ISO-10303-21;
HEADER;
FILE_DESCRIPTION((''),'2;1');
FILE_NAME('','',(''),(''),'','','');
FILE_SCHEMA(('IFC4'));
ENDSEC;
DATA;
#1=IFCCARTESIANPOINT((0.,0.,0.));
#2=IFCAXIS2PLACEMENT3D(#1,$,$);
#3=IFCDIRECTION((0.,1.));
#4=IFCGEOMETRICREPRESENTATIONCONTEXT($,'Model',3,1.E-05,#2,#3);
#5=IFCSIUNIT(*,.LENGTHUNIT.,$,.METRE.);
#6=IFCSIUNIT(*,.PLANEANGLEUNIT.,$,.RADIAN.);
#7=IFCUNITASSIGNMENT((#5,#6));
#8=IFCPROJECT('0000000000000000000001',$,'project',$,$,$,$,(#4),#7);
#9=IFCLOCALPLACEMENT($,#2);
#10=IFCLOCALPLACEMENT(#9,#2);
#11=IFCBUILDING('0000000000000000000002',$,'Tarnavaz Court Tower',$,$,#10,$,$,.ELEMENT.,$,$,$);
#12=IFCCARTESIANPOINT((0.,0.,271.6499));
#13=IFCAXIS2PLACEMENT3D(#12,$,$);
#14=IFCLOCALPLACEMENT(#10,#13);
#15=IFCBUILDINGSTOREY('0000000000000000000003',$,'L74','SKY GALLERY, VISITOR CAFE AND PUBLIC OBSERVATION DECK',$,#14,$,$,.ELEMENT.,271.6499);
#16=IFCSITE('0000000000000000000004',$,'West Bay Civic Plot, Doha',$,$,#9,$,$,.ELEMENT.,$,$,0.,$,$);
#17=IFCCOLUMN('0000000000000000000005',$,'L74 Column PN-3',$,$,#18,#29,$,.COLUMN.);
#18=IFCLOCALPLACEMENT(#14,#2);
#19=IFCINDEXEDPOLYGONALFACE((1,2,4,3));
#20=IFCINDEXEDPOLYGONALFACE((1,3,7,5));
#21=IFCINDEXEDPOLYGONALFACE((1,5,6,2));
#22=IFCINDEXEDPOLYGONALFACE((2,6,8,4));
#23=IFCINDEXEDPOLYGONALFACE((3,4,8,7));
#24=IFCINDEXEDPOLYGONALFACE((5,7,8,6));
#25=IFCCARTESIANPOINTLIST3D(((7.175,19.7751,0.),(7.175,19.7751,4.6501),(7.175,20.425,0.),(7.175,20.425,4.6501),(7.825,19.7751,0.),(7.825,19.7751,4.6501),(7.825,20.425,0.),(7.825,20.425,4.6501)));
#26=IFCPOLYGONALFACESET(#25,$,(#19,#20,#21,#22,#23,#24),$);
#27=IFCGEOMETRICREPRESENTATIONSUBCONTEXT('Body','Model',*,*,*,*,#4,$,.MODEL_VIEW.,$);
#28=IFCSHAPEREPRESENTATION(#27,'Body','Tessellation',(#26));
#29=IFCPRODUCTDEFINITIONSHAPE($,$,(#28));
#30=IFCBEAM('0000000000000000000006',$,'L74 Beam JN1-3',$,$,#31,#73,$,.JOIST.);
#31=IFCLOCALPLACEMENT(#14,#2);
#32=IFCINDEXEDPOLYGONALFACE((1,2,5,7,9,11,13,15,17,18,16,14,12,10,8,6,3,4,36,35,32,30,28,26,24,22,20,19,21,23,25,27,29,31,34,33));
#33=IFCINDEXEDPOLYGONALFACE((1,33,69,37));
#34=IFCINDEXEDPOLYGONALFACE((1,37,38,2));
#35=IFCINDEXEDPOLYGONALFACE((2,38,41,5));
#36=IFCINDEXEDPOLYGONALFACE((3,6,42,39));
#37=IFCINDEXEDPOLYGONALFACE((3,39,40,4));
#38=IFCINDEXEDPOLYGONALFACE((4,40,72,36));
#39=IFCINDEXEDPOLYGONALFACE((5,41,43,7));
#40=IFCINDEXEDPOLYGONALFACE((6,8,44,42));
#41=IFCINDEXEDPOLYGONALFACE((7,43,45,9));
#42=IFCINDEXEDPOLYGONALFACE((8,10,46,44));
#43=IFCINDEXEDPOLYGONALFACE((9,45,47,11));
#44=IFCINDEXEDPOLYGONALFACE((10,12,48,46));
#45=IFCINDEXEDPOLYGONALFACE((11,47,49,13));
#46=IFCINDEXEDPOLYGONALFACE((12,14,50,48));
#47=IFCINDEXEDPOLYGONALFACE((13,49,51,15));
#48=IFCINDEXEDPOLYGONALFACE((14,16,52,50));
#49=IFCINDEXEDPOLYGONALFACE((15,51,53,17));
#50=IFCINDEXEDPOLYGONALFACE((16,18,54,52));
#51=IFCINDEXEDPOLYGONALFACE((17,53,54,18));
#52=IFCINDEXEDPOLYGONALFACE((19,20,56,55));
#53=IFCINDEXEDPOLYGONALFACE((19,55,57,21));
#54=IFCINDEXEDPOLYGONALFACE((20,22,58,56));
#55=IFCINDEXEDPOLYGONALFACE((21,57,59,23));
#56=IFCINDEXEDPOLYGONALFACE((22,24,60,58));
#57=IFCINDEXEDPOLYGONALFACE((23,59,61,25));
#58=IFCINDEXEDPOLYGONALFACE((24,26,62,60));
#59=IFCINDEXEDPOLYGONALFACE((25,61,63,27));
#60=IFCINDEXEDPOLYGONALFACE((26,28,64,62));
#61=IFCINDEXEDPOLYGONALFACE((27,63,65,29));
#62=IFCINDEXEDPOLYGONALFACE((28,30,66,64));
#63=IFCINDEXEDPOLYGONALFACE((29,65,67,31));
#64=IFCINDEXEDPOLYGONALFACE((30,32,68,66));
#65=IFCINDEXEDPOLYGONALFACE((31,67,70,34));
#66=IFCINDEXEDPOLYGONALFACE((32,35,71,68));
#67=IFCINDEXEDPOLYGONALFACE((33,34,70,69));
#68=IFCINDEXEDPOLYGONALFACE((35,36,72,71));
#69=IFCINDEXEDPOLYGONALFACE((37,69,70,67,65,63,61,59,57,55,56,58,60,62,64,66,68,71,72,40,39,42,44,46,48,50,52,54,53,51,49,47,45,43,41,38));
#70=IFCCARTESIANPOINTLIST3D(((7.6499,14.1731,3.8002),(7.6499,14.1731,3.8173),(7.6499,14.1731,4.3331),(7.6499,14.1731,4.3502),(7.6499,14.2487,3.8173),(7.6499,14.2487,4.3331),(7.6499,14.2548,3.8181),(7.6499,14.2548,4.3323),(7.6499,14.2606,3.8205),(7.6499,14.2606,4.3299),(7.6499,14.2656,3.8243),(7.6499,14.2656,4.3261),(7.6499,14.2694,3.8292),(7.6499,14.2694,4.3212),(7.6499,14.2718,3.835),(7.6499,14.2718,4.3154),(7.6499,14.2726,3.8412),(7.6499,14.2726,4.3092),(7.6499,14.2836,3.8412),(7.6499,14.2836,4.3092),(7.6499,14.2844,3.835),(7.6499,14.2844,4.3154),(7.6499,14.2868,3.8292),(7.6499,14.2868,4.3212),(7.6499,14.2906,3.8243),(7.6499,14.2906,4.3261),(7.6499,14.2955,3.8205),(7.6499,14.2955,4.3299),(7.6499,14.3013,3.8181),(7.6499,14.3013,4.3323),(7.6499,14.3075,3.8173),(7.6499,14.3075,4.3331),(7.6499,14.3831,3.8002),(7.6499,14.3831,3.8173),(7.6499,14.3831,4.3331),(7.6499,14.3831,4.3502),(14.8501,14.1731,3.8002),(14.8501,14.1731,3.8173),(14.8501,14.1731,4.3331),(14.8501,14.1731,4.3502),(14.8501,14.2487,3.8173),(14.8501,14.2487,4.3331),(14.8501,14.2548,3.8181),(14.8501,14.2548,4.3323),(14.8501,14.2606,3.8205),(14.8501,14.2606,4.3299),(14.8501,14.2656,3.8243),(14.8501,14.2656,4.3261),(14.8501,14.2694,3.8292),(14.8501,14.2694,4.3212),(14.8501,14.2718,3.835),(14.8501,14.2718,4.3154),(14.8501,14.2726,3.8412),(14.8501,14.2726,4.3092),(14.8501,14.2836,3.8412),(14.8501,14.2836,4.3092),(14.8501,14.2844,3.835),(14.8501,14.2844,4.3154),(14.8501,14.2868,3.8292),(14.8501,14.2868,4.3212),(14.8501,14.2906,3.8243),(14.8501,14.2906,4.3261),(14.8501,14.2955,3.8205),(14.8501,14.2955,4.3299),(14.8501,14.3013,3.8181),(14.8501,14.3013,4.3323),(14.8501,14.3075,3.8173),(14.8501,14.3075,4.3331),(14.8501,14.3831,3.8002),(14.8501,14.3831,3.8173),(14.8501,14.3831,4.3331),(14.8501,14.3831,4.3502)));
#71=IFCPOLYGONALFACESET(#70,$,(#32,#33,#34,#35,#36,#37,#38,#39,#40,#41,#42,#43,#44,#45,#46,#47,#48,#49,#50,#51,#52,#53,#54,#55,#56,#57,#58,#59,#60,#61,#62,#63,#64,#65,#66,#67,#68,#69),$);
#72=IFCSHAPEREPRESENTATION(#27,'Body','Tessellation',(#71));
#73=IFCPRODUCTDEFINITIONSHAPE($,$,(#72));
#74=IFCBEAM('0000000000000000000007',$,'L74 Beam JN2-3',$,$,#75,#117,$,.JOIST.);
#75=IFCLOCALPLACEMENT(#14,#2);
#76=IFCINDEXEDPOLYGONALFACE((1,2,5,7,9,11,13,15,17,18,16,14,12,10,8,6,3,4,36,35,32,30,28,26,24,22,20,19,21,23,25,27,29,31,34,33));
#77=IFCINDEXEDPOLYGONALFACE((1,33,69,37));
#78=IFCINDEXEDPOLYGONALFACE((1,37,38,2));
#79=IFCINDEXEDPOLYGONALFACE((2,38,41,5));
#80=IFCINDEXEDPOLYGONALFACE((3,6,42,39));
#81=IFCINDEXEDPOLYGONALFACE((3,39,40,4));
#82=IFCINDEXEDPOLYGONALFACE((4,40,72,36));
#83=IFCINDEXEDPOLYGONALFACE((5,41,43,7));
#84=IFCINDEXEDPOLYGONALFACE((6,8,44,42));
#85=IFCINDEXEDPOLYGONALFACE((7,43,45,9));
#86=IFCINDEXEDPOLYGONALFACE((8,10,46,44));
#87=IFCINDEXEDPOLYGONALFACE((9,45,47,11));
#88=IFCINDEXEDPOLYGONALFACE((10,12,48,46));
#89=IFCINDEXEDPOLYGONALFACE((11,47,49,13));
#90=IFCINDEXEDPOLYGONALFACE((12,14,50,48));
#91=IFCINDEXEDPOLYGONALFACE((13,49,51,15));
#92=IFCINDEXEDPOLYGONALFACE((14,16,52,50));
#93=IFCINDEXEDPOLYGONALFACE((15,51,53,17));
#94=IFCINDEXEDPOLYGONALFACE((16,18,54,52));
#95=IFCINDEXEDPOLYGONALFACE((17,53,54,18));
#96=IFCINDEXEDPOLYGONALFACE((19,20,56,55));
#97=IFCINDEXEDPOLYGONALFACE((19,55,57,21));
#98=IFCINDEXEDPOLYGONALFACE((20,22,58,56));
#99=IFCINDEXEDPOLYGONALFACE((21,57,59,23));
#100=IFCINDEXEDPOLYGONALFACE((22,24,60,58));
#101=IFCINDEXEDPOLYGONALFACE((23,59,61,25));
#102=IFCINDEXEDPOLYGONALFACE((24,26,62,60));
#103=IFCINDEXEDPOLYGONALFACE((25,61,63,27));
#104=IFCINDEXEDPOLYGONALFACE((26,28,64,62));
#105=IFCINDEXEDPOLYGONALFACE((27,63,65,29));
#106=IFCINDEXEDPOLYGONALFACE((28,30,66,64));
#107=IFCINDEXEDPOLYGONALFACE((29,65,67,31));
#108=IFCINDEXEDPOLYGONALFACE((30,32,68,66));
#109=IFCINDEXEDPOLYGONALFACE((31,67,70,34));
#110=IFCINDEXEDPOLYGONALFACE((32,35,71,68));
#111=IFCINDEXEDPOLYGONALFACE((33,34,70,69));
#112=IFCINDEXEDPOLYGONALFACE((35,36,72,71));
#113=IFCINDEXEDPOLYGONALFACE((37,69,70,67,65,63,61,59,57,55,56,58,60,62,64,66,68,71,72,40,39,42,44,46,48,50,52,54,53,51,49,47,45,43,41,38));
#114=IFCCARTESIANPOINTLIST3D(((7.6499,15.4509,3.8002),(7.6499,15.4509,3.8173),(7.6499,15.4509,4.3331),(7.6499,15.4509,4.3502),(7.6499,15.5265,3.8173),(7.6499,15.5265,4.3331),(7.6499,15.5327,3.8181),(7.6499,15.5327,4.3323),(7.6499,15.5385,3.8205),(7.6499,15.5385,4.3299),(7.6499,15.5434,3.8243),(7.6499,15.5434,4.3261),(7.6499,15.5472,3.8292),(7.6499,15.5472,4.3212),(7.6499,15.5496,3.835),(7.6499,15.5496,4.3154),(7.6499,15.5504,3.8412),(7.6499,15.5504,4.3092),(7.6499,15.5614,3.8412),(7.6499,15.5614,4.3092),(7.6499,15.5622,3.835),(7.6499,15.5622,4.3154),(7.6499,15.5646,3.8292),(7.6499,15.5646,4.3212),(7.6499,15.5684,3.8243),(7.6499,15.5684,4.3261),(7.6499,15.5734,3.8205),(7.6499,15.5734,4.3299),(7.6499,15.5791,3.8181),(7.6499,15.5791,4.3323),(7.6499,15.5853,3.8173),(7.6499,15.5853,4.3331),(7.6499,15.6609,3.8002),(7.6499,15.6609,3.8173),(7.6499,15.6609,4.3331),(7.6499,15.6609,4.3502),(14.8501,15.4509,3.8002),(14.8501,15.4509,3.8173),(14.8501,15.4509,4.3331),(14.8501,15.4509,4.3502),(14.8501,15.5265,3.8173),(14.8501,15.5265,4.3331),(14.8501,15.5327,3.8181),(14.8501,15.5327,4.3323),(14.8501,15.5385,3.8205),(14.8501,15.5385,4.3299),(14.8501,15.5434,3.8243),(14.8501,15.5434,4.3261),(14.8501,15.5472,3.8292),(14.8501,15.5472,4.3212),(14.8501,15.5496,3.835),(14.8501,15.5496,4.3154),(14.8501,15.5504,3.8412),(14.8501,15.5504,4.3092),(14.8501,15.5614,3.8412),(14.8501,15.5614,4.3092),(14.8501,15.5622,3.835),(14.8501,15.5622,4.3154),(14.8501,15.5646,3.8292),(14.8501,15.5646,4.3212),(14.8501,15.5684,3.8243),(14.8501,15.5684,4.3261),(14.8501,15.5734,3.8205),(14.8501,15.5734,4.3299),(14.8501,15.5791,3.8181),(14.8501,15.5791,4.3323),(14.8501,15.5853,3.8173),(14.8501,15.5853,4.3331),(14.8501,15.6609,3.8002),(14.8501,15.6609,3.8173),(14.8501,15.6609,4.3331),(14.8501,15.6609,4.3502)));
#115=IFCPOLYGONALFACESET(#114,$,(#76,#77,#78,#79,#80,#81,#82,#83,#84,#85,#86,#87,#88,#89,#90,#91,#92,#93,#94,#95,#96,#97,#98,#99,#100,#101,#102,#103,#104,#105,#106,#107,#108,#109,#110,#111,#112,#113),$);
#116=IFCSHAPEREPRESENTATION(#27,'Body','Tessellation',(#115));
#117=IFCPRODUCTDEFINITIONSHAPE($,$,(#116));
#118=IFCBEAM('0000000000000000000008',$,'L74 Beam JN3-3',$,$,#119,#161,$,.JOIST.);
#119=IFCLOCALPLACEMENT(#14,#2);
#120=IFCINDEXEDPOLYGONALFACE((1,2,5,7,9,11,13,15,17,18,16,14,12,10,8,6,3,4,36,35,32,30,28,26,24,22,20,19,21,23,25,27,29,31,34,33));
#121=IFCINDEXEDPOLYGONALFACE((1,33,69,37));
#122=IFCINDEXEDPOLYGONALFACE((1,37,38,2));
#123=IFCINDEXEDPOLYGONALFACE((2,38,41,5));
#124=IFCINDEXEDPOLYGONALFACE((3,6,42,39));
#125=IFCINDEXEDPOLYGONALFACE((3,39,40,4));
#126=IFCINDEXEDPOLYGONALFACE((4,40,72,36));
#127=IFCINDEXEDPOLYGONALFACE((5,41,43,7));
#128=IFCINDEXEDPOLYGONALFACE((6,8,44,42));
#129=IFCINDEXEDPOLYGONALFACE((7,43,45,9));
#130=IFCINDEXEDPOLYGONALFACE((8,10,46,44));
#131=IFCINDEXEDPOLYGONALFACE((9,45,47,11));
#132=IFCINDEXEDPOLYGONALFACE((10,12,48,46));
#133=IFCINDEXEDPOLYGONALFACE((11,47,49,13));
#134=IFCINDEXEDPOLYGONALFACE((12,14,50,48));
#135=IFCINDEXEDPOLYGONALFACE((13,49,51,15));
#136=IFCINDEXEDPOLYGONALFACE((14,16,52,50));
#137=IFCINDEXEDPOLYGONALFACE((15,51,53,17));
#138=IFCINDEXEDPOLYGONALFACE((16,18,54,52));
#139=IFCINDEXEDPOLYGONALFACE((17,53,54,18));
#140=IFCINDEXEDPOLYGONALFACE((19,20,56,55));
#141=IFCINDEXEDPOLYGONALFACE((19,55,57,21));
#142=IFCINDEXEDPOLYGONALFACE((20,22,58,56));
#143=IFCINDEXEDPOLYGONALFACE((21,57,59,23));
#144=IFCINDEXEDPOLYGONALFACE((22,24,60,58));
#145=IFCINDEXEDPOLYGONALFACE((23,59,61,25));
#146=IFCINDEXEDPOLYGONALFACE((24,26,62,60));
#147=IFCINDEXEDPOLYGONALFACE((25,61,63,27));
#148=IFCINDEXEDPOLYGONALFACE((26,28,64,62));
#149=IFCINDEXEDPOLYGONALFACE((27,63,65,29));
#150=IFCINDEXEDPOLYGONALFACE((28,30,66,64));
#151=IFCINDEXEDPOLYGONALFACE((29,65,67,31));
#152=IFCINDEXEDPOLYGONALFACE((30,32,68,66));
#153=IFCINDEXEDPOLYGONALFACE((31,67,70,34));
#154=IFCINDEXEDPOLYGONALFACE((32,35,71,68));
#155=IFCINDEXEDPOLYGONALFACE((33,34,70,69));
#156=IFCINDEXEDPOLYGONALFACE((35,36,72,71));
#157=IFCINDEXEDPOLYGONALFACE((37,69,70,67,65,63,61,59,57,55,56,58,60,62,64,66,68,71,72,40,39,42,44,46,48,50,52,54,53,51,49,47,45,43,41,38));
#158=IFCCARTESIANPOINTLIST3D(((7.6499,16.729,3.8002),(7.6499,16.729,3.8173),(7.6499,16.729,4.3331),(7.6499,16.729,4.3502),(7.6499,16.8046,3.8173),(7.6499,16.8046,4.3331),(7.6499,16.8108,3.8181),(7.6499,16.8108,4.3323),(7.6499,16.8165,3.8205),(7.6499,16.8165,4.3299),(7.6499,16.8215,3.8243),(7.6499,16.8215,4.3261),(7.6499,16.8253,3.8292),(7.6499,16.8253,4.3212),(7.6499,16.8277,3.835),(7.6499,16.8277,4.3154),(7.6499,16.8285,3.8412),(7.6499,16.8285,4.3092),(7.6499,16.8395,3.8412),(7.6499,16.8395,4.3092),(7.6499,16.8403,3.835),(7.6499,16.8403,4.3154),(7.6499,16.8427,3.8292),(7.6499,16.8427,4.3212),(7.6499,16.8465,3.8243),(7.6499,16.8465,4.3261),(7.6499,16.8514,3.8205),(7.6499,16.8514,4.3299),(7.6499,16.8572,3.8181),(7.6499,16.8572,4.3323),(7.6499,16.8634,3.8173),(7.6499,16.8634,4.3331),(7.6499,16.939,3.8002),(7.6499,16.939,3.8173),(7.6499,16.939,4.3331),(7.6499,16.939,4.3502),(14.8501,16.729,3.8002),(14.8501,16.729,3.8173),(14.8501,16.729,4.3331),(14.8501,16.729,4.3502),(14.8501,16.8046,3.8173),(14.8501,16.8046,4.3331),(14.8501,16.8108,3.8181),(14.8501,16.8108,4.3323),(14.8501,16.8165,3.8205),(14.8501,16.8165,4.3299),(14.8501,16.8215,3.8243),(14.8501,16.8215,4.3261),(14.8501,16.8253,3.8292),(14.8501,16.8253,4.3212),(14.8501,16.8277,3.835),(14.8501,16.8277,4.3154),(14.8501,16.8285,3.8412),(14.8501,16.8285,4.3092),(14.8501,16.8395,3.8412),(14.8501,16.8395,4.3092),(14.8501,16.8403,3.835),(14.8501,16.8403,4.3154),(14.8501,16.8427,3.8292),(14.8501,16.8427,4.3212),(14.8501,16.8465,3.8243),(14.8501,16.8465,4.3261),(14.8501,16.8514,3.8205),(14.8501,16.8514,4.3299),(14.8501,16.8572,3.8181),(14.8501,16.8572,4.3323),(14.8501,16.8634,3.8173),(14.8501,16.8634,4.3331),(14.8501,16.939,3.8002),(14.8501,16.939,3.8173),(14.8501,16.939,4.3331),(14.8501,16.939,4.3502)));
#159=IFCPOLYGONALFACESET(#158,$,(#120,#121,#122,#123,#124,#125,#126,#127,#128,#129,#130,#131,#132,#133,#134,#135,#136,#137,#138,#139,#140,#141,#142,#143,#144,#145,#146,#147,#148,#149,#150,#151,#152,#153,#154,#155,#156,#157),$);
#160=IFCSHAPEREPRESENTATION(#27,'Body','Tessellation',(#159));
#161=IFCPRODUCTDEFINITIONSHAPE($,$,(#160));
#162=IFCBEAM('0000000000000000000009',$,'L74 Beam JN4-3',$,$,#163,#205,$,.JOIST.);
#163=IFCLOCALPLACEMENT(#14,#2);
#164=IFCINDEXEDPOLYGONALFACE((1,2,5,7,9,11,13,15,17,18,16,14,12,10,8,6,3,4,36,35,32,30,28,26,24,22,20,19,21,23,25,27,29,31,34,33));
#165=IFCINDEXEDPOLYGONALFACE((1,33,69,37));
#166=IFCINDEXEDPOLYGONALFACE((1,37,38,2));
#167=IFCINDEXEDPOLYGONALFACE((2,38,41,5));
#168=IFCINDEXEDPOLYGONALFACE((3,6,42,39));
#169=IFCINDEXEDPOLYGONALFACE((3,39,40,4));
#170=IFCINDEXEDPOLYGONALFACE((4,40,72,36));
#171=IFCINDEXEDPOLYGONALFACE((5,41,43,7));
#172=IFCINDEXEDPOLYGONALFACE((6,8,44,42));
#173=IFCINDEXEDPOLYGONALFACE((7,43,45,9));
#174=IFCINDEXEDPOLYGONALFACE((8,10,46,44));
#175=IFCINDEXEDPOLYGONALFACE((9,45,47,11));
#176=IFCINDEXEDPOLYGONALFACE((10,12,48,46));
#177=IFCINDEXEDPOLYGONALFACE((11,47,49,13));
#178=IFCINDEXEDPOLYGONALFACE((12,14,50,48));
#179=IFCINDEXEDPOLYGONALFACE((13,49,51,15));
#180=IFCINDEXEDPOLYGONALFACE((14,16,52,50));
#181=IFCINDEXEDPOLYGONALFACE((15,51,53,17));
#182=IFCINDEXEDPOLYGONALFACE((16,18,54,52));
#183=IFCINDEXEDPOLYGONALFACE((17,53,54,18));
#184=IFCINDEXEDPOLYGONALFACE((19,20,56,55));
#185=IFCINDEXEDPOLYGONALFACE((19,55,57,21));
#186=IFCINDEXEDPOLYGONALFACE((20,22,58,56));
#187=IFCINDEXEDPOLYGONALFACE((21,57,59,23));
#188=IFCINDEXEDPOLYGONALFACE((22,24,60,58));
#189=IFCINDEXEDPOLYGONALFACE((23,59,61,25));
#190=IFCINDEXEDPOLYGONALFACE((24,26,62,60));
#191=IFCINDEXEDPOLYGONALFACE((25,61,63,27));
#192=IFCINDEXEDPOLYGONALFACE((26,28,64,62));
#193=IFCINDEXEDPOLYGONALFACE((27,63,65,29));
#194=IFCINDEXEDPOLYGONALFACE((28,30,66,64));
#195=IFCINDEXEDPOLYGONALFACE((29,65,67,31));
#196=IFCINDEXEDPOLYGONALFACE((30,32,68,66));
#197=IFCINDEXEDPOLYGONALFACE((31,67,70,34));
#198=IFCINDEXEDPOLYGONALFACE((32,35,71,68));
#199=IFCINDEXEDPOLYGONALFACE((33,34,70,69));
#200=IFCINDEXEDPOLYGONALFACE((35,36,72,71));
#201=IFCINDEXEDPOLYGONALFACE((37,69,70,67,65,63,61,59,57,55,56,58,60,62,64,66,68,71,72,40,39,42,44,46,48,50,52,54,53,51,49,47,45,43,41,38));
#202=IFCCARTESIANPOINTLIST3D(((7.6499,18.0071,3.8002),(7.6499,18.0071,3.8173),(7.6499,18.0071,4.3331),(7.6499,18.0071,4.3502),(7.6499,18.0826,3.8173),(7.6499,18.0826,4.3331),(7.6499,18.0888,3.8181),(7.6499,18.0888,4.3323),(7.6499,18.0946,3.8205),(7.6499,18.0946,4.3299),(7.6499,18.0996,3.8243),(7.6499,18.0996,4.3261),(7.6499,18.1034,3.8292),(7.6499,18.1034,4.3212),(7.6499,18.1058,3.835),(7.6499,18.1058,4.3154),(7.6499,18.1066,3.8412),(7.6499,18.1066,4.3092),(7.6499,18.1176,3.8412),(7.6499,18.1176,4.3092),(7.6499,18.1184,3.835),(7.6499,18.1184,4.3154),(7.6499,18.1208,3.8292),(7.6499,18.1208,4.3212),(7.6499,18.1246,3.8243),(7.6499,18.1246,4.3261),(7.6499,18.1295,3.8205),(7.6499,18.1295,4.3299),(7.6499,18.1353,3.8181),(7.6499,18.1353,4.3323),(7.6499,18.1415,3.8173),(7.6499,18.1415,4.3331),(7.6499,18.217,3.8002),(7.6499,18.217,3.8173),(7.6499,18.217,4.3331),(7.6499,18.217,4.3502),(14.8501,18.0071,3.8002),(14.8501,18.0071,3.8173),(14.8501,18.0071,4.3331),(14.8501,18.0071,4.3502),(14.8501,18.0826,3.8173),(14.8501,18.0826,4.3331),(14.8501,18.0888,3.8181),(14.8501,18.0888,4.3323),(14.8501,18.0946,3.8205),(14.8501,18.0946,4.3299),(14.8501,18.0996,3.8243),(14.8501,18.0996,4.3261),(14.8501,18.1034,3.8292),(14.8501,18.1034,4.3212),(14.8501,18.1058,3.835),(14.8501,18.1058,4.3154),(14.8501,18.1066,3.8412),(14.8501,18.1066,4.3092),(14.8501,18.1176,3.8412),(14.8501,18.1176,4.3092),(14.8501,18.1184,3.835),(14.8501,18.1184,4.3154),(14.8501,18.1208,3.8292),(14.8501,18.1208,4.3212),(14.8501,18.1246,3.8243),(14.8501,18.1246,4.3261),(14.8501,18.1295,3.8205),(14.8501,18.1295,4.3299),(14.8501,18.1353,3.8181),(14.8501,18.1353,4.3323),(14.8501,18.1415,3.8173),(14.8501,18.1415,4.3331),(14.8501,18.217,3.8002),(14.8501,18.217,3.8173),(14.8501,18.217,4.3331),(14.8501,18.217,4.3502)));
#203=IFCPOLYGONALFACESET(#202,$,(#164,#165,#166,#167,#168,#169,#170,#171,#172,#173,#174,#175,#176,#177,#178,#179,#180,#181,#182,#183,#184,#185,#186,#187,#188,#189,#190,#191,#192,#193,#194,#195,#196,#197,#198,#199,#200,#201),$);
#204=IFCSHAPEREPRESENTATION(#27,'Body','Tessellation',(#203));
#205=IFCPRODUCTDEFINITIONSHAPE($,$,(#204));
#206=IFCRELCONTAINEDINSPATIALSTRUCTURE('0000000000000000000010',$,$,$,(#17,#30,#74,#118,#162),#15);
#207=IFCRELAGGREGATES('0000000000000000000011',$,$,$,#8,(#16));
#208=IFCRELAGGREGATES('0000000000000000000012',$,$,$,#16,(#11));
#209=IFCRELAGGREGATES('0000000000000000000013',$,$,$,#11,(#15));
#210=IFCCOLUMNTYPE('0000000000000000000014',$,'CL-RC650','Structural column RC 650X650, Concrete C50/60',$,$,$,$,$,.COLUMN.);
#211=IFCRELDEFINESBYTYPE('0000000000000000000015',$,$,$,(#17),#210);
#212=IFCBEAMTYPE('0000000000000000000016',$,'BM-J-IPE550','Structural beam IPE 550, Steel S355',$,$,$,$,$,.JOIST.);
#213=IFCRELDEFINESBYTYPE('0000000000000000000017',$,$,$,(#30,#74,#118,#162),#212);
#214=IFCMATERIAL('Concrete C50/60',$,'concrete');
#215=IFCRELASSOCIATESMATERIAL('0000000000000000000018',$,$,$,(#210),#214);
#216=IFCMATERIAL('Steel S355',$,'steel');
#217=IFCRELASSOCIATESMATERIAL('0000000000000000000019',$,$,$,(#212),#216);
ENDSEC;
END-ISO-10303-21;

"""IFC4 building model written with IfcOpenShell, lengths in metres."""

from ifc_helpers import new_model, si_unit, direction, frame, origin, origin_2d, place, context, subcontext, project, spatial, rectangle, i_section, extrude, material, material_profile, profile_set, type_object, element, save


model = new_model("IFC4")

# Units and contexts
model_context = context("Model", 3, precision=1e-05, world=origin(), true_north=direction((0.0, 1.0)))
body_context = subcontext(model_context, "Body", "Model", "MODEL_VIEW")
ifc_project = project(units=[si_unit("LENGTHUNIT", "METRE"), si_unit("PLANEANGLEUNIT", "RADIAN")], contexts=[model_context])

# Site, building, storey
site_placement = place(None, origin())
site = spatial("IfcSite", under=ifc_project, at=site_placement, Name="West Bay Civic Plot, Doha", CompositionType="ELEMENT", RefElevation=0.0)
building_placement = place(site_placement, origin())
building = spatial("IfcBuilding", under=site, at=building_placement, Name="Tarnavaz Court Tower", CompositionType="ELEMENT")
storey_placement = place(building_placement, frame((0.0, 0.0, 271.6499)))
storey = spatial("IfcBuildingStorey", under=building, at=storey_placement, Name="L74", Description="SKY GALLERY, VISITOR CAFE AND PUBLIC OBSERVATION DECK", CompositionType="ELEMENT", Elevation=271.6499)

# Column
ifc_material_1 = material(Name="Concrete C50/60", Category="concrete")
ifc_material_profile_1 = material_profile(ifc_material_1, rectangle(XDim=0.6499, YDim=0.6499, at=origin_2d()), Name="RC 650X650")
ifc_profile_set_1 = profile_set([ifc_material_profile_1], Name="Concrete C50/60")
column_type = type_object("IfcColumnType", Name="CL-RC650", Description="Structural column RC 650X650, Concrete C50/60", PredefinedType="COLUMN", material=ifc_profile_set_1)
column_placement = place(storey_placement, frame((7.5, 20.1001, 0.0), z_axis=(0.0, 0.0, 1.0), x_axis=(1.0, 0.0, 0.0)))
element("IfcColumn", 1, at=column_placement, inside=storey, type_object=column_type, Name="L74 Column PN-3", PredefinedType="COLUMN", context=body_context, shape_type="SweptSolid", body=[
    extrude(rectangle(XDim=0.6499, YDim=0.6499, at=origin_2d()), origin(), (0.0, 0.0, 1.0), 4.6501),
])

# Beams
ifc_material_2 = material(Name="Steel S355", Category="steel")
ifc_material_profile_2 = material_profile(ifc_material_2, i_section(OverallWidth=0.21, OverallDepth=0.55, WebThickness=0.011, FlangeThickness=0.0171, FilletRadius=0.0239, at=origin_2d()), Name="IPE 550")
ifc_profile_set_2 = profile_set([ifc_material_profile_2], Name="Steel S355")
beam_type_1 = type_object("IfcBeamType", Name="BM-J-IPE550", Description="Structural beam IPE 550, Steel S355", PredefinedType="JOIST", material=ifc_profile_set_2)
for number, where, z_axis, x_axis, name in (
    (2, (7.6499, 14.2781, 4.0752), (1.0, 0.0, 0.0), (0.0, 1.0, 0.0), "L74 Beam JN1-3"),
    (3, (7.6499, 15.5559, 4.0752), (1.0, 0.0, 0.0), (0.0, 1.0, 0.0), "L74 Beam JN2-3"),
    (4, (7.6499, 16.834, 4.0752), (1.0, 0.0, 0.0), (0.0, 1.0, 0.0), "L74 Beam JN3-3"),
    (5, (7.6499, 18.1121, 4.0752), (1.0, 0.0, 0.0), (0.0, 1.0, 0.0), "L74 Beam JN4-3"),
):
    element("IfcBeam", number, at=place(storey_placement, frame(where, z_axis=z_axis, x_axis=x_axis)), inside=storey, type_object=beam_type_1, Name=name, PredefinedType="JOIST", context=body_context, shape_type="SweptSolid", body=[
        extrude(i_section(OverallWidth=0.21, OverallDepth=0.55, WebThickness=0.011, FlangeThickness=0.0171, FilletRadius=0.0239, at=origin_2d()), origin(), (0.0, 0.0, 1.0), 7.2002),
    ])

save(model, "model.ifc")
